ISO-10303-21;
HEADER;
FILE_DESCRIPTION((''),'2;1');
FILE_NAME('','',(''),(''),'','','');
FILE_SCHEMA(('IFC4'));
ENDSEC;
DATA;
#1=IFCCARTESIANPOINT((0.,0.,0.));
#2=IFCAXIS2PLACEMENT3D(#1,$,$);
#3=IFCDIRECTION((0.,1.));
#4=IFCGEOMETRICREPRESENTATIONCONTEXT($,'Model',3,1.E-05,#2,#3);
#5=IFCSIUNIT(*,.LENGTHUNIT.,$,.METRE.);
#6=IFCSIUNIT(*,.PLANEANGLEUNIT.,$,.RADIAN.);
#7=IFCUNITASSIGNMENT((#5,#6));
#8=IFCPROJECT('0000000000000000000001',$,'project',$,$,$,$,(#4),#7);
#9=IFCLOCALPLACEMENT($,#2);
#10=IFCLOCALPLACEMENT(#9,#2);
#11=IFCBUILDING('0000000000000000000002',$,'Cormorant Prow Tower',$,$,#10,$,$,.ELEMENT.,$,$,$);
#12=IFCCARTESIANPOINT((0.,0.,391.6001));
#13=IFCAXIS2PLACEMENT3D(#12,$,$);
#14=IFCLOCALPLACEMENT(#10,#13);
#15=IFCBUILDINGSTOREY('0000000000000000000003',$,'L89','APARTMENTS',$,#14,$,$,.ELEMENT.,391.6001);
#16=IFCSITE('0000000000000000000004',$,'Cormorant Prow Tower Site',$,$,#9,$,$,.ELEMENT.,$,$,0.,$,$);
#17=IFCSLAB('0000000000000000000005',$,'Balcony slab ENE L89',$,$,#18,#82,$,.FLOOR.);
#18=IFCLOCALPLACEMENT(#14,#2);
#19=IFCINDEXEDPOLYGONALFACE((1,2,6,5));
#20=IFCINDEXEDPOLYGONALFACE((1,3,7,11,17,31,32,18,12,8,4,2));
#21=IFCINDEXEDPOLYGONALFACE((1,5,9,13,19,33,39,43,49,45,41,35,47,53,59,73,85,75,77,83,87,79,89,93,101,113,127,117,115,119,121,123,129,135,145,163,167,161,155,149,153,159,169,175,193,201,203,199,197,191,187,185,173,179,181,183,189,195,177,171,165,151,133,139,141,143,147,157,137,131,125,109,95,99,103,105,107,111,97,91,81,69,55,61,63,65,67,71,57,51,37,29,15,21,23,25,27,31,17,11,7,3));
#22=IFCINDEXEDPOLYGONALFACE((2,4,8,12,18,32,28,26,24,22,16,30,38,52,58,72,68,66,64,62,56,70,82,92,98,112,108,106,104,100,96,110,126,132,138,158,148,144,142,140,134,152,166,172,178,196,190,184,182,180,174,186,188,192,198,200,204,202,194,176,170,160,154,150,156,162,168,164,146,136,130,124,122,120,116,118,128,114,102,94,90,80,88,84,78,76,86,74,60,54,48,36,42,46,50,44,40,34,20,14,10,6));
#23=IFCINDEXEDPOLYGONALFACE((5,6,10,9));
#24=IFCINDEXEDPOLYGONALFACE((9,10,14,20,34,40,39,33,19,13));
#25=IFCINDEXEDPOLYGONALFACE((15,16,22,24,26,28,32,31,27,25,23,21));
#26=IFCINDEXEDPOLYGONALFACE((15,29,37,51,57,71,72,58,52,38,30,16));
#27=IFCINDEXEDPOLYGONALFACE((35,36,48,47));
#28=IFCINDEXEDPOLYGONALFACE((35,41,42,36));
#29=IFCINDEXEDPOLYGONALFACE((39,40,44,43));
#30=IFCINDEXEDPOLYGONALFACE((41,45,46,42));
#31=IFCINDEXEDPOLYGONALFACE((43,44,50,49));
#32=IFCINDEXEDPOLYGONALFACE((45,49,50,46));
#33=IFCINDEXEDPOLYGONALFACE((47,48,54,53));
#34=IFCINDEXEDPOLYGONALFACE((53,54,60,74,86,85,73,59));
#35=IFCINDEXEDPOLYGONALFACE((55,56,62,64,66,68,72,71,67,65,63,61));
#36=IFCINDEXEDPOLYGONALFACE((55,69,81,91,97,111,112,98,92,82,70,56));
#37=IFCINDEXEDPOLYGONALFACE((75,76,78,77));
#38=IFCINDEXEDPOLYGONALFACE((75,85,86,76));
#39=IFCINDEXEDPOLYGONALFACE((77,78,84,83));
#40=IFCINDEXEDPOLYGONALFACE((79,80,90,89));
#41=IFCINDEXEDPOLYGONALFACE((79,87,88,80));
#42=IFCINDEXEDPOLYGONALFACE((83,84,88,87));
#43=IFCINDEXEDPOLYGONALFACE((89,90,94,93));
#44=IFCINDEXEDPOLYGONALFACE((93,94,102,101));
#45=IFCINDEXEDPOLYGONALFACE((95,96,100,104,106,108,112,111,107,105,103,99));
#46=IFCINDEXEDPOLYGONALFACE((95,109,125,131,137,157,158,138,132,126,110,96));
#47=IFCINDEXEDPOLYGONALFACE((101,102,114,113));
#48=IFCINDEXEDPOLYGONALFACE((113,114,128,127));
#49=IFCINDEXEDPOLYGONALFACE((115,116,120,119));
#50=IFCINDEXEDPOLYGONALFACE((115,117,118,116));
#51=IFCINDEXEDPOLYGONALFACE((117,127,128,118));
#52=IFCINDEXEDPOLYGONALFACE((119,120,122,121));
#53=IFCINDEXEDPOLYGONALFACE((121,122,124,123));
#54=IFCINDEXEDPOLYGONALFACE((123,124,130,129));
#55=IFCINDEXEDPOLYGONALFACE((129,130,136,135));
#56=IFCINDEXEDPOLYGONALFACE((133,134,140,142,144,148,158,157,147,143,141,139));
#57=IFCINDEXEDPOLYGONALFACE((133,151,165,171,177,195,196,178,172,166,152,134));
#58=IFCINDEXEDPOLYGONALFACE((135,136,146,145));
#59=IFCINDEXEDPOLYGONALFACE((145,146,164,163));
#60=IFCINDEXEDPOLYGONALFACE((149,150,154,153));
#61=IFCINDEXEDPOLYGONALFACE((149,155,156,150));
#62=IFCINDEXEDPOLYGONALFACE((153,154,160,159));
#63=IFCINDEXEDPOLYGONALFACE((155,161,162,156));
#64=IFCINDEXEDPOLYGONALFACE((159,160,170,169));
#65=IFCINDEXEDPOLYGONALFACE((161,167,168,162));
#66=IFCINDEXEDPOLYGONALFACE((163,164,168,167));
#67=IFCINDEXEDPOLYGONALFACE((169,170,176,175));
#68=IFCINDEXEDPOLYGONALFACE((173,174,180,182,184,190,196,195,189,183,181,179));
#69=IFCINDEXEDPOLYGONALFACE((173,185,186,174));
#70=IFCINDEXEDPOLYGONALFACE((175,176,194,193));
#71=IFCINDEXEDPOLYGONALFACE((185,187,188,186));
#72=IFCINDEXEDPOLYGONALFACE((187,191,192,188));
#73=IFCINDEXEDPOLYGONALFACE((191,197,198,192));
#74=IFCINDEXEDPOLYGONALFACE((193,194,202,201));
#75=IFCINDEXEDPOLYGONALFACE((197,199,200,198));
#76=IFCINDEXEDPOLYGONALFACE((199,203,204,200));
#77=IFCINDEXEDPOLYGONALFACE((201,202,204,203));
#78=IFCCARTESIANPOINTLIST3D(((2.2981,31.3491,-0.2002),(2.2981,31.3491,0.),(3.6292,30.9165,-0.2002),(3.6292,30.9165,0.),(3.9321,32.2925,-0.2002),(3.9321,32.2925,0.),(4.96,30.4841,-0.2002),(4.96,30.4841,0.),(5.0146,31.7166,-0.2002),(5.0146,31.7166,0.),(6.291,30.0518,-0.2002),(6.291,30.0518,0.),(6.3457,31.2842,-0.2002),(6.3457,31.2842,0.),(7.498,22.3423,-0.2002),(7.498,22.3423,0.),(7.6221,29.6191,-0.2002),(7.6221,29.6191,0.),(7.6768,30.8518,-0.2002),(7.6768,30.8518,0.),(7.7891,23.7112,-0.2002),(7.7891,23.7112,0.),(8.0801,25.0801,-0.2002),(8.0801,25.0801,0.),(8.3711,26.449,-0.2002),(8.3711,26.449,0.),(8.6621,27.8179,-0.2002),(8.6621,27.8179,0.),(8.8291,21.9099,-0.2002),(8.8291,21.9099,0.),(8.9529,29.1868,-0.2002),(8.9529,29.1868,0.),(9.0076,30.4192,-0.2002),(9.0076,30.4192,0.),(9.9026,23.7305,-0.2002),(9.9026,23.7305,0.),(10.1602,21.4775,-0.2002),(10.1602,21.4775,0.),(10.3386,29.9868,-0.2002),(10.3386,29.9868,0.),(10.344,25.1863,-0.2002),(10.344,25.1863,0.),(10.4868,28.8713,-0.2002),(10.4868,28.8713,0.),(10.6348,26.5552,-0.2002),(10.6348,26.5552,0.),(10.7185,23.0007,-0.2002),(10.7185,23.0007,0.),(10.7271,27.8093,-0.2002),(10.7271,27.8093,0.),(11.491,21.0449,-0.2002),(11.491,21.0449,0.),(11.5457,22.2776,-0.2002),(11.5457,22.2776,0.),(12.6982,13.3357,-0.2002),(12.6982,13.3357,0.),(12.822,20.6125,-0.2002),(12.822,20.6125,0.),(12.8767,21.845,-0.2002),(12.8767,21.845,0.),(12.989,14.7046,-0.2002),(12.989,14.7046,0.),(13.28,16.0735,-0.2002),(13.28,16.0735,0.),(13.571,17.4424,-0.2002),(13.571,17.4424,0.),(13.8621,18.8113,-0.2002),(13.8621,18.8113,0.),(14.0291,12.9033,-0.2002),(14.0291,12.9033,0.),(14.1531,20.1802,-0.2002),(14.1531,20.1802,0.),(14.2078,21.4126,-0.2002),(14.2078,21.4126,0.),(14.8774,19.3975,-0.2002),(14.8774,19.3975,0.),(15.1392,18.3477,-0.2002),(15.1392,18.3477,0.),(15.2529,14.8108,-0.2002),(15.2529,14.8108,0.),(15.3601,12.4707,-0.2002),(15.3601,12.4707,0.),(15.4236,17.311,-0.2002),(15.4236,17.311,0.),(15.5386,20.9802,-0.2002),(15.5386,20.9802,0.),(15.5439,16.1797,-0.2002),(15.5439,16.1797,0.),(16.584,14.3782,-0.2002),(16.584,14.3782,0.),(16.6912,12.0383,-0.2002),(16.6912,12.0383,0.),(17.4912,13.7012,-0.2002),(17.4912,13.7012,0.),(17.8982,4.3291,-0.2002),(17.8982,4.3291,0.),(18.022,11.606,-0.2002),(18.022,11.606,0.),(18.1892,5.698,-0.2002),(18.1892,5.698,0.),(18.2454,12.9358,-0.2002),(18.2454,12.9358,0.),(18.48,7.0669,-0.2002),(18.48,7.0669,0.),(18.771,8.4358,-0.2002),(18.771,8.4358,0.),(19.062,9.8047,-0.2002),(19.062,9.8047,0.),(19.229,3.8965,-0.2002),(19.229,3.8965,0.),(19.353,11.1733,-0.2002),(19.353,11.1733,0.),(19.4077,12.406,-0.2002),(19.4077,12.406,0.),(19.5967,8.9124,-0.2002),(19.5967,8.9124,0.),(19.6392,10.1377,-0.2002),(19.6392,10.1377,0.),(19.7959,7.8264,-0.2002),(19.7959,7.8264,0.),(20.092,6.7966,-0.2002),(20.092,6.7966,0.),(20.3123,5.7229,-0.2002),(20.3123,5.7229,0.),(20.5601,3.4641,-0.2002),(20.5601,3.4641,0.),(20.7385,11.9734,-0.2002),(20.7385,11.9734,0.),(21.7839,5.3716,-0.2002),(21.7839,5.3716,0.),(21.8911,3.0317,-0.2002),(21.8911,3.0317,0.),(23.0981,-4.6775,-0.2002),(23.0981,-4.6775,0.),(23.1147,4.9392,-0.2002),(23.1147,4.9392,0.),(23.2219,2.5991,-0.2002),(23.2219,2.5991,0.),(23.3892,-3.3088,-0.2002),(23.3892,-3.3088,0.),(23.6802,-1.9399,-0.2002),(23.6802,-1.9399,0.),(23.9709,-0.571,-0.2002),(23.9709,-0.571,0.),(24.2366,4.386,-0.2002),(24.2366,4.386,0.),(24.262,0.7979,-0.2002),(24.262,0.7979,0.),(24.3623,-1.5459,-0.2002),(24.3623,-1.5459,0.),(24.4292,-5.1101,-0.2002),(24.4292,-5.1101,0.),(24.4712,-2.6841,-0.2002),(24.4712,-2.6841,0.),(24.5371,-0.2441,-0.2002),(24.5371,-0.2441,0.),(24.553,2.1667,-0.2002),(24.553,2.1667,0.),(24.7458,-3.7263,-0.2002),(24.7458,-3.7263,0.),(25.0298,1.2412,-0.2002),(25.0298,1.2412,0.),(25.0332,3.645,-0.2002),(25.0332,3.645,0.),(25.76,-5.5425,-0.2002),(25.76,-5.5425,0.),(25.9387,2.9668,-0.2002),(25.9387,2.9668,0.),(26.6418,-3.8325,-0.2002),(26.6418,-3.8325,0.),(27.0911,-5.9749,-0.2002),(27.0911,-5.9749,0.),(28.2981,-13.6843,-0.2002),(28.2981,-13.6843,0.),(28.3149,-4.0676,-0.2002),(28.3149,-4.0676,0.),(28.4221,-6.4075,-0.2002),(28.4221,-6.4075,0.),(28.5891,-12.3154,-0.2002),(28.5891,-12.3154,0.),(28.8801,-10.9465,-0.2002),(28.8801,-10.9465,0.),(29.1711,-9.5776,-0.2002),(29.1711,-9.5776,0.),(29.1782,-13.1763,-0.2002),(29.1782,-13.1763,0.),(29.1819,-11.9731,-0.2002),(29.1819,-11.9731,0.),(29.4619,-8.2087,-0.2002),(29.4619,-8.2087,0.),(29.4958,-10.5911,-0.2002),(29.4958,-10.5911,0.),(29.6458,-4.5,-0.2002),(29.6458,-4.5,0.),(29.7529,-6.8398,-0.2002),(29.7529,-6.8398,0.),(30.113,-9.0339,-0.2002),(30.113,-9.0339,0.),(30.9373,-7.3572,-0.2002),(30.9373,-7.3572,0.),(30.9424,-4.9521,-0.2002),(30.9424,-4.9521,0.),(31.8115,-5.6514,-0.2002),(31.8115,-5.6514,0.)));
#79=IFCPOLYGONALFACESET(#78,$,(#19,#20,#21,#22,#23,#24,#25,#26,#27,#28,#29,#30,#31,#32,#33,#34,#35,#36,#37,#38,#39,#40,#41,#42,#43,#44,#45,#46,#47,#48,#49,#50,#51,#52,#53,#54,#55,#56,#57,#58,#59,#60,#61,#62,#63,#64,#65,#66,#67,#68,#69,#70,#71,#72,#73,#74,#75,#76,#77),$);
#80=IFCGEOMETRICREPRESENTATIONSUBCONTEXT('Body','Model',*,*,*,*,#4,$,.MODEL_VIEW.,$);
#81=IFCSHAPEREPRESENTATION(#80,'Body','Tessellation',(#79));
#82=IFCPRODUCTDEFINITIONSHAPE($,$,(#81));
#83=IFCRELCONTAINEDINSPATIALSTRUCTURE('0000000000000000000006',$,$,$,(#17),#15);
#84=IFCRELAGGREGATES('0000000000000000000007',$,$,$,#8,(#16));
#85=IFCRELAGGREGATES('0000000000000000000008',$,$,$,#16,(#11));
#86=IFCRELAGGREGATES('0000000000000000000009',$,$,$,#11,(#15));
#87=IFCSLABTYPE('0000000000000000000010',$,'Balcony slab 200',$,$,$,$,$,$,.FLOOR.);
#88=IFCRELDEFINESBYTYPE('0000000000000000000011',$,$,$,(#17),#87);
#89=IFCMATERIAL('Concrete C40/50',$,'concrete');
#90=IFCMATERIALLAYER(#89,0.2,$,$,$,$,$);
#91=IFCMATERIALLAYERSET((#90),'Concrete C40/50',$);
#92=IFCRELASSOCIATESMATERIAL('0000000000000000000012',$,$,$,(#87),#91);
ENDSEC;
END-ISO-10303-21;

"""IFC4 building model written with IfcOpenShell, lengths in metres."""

from ifc_helpers import new_model, si_unit, direction, frame, origin, place, context, subcontext, project, spatial, polyline, outline, extrude, material, layer, layer_set, type_object, element, save


model = new_model("IFC4")

# Units and contexts
model_context = context("Model", 3, precision=1e-05, world=origin(), true_north=direction((0.0, 1.0)))
body_context = subcontext(model_context, "Body", "Model", "MODEL_VIEW")
ifc_project = project(units=[si_unit("LENGTHUNIT", "METRE"), si_unit("PLANEANGLEUNIT", "RADIAN")], contexts=[model_context])

# Site, building, storey
site_placement = place(None, origin())
site = spatial("IfcSite", under=ifc_project, at=site_placement, Name="Cormorant Prow Tower Site", CompositionType="ELEMENT", RefElevation=0.0)
building_placement = place(site_placement, origin())
building = spatial("IfcBuilding", under=site, at=building_placement, Name="Cormorant Prow Tower", CompositionType="ELEMENT")
storey_placement = place(building_placement, frame((0.0, 0.0, 391.6001)))
storey = spatial("IfcBuildingStorey", under=building, at=storey_placement, Name="L89", Description="APARTMENTS", CompositionType="ELEMENT", Elevation=391.6001)

# Slab
ifc_material_1 = material(Name="Concrete C40/50", Category="concrete")
ifc_layer_1 = layer(ifc_material_1, 0.2)
ifc_layer_set_1 = layer_set([ifc_layer_1], Name="Concrete C40/50")
slab_type_1 = type_object("IfcSlabType", Name="Balcony slab 200", PredefinedType="FLOOR", material=ifc_layer_set_1)
slab_1_placement = place(storey_placement, frame((0.0, 0.0, -0.2002)))
element("IfcSlab", 1, at=slab_1_placement, inside=storey, type_object=slab_type_1, Name="Balcony slab ENE L89", PredefinedType="FLOOR", context=body_context, shape_type="SweptSolid", body=[
    extrude(outline(polyline([(28.2981, -13.6843), (29.1782, -13.1763), (29.1819, -11.9731), (29.4958, -10.5911), (30.113, -9.0339), (30.9373, -7.3572), (31.8115, -5.6514), (30.9424, -4.9521), (29.6458, -4.5), (28.3149, -4.0676), (26.6418, -3.8325), (24.7458, -3.7263), (24.4712, -2.6841), (24.3623, -1.5459), (24.5371, -0.2441), (25.0298, 1.2412), (25.9387, 2.9668), (25.0332, 3.645), (24.2366, 4.386), (23.1147, 4.9392), (21.7839, 5.3716), (20.3123, 5.7229), (20.092, 6.7966), (19.7959, 7.8264), (19.5967, 8.9124), (19.6392, 10.1377), (20.7385, 11.9734), (19.4077, 12.406), (18.2454, 12.9358), (17.4912, 13.7012), (16.584, 14.3782), (15.2529, 14.8108), (15.5439, 16.1797), (15.4236, 17.311), (15.1392, 18.3477), (14.8774, 19.3975), (15.5386, 20.9802), (14.2078, 21.4126), (12.8767, 21.845), (11.5457, 22.2776), (10.7185, 23.0007), (9.9026, 23.7305), (10.344, 25.1863), (10.6348, 26.5552), (10.7271, 27.8093), (10.4868, 28.8713), (10.3386, 29.9868), (9.0076, 30.4192), (7.6768, 30.8518), (6.3457, 31.2842), (5.0146, 31.7166), (3.9321, 32.2925), (2.2981, 31.3491), (3.6292, 30.9165), (4.96, 30.4841), (6.291, 30.0518), (7.6221, 29.6191), (8.9529, 29.1868), (8.6621, 27.8179), (8.3711, 26.449), (8.0801, 25.0801), (7.7891, 23.7112), (7.498, 22.3423), (8.8291, 21.9099), (10.1602, 21.4775), (11.491, 21.0449), (12.822, 20.6125), (14.1531, 20.1802), (13.8621, 18.8113), (13.571, 17.4424), (13.28, 16.0735), (12.989, 14.7046), (12.6982, 13.3357), (14.0291, 12.9033), (15.3601, 12.4707), (16.6912, 12.0383), (18.022, 11.606), (19.353, 11.1733), (19.062, 9.8047), (18.771, 8.4358), (18.48, 7.0669), (18.1892, 5.698), (17.8982, 4.3291), (19.229, 3.8965), (20.5601, 3.4641), (21.8911, 3.0317), (23.2219, 2.5991), (24.553, 2.1667), (24.262, 0.7979), (23.9709, -0.571), (23.6802, -1.9399), (23.3892, -3.3088), (23.0981, -4.6775), (24.4292, -5.1101), (25.76, -5.5425), (27.0911, -5.9749), (28.4221, -6.4075), (29.7529, -6.8398), (29.4619, -8.2087), (29.1711, -9.5776), (28.8801, -10.9465), (28.5891, -12.3154), (28.2981, -13.6843)])), origin(), (0.0, 0.0, 1.0), 0.2002),
])

save(model, "model.ifc")
